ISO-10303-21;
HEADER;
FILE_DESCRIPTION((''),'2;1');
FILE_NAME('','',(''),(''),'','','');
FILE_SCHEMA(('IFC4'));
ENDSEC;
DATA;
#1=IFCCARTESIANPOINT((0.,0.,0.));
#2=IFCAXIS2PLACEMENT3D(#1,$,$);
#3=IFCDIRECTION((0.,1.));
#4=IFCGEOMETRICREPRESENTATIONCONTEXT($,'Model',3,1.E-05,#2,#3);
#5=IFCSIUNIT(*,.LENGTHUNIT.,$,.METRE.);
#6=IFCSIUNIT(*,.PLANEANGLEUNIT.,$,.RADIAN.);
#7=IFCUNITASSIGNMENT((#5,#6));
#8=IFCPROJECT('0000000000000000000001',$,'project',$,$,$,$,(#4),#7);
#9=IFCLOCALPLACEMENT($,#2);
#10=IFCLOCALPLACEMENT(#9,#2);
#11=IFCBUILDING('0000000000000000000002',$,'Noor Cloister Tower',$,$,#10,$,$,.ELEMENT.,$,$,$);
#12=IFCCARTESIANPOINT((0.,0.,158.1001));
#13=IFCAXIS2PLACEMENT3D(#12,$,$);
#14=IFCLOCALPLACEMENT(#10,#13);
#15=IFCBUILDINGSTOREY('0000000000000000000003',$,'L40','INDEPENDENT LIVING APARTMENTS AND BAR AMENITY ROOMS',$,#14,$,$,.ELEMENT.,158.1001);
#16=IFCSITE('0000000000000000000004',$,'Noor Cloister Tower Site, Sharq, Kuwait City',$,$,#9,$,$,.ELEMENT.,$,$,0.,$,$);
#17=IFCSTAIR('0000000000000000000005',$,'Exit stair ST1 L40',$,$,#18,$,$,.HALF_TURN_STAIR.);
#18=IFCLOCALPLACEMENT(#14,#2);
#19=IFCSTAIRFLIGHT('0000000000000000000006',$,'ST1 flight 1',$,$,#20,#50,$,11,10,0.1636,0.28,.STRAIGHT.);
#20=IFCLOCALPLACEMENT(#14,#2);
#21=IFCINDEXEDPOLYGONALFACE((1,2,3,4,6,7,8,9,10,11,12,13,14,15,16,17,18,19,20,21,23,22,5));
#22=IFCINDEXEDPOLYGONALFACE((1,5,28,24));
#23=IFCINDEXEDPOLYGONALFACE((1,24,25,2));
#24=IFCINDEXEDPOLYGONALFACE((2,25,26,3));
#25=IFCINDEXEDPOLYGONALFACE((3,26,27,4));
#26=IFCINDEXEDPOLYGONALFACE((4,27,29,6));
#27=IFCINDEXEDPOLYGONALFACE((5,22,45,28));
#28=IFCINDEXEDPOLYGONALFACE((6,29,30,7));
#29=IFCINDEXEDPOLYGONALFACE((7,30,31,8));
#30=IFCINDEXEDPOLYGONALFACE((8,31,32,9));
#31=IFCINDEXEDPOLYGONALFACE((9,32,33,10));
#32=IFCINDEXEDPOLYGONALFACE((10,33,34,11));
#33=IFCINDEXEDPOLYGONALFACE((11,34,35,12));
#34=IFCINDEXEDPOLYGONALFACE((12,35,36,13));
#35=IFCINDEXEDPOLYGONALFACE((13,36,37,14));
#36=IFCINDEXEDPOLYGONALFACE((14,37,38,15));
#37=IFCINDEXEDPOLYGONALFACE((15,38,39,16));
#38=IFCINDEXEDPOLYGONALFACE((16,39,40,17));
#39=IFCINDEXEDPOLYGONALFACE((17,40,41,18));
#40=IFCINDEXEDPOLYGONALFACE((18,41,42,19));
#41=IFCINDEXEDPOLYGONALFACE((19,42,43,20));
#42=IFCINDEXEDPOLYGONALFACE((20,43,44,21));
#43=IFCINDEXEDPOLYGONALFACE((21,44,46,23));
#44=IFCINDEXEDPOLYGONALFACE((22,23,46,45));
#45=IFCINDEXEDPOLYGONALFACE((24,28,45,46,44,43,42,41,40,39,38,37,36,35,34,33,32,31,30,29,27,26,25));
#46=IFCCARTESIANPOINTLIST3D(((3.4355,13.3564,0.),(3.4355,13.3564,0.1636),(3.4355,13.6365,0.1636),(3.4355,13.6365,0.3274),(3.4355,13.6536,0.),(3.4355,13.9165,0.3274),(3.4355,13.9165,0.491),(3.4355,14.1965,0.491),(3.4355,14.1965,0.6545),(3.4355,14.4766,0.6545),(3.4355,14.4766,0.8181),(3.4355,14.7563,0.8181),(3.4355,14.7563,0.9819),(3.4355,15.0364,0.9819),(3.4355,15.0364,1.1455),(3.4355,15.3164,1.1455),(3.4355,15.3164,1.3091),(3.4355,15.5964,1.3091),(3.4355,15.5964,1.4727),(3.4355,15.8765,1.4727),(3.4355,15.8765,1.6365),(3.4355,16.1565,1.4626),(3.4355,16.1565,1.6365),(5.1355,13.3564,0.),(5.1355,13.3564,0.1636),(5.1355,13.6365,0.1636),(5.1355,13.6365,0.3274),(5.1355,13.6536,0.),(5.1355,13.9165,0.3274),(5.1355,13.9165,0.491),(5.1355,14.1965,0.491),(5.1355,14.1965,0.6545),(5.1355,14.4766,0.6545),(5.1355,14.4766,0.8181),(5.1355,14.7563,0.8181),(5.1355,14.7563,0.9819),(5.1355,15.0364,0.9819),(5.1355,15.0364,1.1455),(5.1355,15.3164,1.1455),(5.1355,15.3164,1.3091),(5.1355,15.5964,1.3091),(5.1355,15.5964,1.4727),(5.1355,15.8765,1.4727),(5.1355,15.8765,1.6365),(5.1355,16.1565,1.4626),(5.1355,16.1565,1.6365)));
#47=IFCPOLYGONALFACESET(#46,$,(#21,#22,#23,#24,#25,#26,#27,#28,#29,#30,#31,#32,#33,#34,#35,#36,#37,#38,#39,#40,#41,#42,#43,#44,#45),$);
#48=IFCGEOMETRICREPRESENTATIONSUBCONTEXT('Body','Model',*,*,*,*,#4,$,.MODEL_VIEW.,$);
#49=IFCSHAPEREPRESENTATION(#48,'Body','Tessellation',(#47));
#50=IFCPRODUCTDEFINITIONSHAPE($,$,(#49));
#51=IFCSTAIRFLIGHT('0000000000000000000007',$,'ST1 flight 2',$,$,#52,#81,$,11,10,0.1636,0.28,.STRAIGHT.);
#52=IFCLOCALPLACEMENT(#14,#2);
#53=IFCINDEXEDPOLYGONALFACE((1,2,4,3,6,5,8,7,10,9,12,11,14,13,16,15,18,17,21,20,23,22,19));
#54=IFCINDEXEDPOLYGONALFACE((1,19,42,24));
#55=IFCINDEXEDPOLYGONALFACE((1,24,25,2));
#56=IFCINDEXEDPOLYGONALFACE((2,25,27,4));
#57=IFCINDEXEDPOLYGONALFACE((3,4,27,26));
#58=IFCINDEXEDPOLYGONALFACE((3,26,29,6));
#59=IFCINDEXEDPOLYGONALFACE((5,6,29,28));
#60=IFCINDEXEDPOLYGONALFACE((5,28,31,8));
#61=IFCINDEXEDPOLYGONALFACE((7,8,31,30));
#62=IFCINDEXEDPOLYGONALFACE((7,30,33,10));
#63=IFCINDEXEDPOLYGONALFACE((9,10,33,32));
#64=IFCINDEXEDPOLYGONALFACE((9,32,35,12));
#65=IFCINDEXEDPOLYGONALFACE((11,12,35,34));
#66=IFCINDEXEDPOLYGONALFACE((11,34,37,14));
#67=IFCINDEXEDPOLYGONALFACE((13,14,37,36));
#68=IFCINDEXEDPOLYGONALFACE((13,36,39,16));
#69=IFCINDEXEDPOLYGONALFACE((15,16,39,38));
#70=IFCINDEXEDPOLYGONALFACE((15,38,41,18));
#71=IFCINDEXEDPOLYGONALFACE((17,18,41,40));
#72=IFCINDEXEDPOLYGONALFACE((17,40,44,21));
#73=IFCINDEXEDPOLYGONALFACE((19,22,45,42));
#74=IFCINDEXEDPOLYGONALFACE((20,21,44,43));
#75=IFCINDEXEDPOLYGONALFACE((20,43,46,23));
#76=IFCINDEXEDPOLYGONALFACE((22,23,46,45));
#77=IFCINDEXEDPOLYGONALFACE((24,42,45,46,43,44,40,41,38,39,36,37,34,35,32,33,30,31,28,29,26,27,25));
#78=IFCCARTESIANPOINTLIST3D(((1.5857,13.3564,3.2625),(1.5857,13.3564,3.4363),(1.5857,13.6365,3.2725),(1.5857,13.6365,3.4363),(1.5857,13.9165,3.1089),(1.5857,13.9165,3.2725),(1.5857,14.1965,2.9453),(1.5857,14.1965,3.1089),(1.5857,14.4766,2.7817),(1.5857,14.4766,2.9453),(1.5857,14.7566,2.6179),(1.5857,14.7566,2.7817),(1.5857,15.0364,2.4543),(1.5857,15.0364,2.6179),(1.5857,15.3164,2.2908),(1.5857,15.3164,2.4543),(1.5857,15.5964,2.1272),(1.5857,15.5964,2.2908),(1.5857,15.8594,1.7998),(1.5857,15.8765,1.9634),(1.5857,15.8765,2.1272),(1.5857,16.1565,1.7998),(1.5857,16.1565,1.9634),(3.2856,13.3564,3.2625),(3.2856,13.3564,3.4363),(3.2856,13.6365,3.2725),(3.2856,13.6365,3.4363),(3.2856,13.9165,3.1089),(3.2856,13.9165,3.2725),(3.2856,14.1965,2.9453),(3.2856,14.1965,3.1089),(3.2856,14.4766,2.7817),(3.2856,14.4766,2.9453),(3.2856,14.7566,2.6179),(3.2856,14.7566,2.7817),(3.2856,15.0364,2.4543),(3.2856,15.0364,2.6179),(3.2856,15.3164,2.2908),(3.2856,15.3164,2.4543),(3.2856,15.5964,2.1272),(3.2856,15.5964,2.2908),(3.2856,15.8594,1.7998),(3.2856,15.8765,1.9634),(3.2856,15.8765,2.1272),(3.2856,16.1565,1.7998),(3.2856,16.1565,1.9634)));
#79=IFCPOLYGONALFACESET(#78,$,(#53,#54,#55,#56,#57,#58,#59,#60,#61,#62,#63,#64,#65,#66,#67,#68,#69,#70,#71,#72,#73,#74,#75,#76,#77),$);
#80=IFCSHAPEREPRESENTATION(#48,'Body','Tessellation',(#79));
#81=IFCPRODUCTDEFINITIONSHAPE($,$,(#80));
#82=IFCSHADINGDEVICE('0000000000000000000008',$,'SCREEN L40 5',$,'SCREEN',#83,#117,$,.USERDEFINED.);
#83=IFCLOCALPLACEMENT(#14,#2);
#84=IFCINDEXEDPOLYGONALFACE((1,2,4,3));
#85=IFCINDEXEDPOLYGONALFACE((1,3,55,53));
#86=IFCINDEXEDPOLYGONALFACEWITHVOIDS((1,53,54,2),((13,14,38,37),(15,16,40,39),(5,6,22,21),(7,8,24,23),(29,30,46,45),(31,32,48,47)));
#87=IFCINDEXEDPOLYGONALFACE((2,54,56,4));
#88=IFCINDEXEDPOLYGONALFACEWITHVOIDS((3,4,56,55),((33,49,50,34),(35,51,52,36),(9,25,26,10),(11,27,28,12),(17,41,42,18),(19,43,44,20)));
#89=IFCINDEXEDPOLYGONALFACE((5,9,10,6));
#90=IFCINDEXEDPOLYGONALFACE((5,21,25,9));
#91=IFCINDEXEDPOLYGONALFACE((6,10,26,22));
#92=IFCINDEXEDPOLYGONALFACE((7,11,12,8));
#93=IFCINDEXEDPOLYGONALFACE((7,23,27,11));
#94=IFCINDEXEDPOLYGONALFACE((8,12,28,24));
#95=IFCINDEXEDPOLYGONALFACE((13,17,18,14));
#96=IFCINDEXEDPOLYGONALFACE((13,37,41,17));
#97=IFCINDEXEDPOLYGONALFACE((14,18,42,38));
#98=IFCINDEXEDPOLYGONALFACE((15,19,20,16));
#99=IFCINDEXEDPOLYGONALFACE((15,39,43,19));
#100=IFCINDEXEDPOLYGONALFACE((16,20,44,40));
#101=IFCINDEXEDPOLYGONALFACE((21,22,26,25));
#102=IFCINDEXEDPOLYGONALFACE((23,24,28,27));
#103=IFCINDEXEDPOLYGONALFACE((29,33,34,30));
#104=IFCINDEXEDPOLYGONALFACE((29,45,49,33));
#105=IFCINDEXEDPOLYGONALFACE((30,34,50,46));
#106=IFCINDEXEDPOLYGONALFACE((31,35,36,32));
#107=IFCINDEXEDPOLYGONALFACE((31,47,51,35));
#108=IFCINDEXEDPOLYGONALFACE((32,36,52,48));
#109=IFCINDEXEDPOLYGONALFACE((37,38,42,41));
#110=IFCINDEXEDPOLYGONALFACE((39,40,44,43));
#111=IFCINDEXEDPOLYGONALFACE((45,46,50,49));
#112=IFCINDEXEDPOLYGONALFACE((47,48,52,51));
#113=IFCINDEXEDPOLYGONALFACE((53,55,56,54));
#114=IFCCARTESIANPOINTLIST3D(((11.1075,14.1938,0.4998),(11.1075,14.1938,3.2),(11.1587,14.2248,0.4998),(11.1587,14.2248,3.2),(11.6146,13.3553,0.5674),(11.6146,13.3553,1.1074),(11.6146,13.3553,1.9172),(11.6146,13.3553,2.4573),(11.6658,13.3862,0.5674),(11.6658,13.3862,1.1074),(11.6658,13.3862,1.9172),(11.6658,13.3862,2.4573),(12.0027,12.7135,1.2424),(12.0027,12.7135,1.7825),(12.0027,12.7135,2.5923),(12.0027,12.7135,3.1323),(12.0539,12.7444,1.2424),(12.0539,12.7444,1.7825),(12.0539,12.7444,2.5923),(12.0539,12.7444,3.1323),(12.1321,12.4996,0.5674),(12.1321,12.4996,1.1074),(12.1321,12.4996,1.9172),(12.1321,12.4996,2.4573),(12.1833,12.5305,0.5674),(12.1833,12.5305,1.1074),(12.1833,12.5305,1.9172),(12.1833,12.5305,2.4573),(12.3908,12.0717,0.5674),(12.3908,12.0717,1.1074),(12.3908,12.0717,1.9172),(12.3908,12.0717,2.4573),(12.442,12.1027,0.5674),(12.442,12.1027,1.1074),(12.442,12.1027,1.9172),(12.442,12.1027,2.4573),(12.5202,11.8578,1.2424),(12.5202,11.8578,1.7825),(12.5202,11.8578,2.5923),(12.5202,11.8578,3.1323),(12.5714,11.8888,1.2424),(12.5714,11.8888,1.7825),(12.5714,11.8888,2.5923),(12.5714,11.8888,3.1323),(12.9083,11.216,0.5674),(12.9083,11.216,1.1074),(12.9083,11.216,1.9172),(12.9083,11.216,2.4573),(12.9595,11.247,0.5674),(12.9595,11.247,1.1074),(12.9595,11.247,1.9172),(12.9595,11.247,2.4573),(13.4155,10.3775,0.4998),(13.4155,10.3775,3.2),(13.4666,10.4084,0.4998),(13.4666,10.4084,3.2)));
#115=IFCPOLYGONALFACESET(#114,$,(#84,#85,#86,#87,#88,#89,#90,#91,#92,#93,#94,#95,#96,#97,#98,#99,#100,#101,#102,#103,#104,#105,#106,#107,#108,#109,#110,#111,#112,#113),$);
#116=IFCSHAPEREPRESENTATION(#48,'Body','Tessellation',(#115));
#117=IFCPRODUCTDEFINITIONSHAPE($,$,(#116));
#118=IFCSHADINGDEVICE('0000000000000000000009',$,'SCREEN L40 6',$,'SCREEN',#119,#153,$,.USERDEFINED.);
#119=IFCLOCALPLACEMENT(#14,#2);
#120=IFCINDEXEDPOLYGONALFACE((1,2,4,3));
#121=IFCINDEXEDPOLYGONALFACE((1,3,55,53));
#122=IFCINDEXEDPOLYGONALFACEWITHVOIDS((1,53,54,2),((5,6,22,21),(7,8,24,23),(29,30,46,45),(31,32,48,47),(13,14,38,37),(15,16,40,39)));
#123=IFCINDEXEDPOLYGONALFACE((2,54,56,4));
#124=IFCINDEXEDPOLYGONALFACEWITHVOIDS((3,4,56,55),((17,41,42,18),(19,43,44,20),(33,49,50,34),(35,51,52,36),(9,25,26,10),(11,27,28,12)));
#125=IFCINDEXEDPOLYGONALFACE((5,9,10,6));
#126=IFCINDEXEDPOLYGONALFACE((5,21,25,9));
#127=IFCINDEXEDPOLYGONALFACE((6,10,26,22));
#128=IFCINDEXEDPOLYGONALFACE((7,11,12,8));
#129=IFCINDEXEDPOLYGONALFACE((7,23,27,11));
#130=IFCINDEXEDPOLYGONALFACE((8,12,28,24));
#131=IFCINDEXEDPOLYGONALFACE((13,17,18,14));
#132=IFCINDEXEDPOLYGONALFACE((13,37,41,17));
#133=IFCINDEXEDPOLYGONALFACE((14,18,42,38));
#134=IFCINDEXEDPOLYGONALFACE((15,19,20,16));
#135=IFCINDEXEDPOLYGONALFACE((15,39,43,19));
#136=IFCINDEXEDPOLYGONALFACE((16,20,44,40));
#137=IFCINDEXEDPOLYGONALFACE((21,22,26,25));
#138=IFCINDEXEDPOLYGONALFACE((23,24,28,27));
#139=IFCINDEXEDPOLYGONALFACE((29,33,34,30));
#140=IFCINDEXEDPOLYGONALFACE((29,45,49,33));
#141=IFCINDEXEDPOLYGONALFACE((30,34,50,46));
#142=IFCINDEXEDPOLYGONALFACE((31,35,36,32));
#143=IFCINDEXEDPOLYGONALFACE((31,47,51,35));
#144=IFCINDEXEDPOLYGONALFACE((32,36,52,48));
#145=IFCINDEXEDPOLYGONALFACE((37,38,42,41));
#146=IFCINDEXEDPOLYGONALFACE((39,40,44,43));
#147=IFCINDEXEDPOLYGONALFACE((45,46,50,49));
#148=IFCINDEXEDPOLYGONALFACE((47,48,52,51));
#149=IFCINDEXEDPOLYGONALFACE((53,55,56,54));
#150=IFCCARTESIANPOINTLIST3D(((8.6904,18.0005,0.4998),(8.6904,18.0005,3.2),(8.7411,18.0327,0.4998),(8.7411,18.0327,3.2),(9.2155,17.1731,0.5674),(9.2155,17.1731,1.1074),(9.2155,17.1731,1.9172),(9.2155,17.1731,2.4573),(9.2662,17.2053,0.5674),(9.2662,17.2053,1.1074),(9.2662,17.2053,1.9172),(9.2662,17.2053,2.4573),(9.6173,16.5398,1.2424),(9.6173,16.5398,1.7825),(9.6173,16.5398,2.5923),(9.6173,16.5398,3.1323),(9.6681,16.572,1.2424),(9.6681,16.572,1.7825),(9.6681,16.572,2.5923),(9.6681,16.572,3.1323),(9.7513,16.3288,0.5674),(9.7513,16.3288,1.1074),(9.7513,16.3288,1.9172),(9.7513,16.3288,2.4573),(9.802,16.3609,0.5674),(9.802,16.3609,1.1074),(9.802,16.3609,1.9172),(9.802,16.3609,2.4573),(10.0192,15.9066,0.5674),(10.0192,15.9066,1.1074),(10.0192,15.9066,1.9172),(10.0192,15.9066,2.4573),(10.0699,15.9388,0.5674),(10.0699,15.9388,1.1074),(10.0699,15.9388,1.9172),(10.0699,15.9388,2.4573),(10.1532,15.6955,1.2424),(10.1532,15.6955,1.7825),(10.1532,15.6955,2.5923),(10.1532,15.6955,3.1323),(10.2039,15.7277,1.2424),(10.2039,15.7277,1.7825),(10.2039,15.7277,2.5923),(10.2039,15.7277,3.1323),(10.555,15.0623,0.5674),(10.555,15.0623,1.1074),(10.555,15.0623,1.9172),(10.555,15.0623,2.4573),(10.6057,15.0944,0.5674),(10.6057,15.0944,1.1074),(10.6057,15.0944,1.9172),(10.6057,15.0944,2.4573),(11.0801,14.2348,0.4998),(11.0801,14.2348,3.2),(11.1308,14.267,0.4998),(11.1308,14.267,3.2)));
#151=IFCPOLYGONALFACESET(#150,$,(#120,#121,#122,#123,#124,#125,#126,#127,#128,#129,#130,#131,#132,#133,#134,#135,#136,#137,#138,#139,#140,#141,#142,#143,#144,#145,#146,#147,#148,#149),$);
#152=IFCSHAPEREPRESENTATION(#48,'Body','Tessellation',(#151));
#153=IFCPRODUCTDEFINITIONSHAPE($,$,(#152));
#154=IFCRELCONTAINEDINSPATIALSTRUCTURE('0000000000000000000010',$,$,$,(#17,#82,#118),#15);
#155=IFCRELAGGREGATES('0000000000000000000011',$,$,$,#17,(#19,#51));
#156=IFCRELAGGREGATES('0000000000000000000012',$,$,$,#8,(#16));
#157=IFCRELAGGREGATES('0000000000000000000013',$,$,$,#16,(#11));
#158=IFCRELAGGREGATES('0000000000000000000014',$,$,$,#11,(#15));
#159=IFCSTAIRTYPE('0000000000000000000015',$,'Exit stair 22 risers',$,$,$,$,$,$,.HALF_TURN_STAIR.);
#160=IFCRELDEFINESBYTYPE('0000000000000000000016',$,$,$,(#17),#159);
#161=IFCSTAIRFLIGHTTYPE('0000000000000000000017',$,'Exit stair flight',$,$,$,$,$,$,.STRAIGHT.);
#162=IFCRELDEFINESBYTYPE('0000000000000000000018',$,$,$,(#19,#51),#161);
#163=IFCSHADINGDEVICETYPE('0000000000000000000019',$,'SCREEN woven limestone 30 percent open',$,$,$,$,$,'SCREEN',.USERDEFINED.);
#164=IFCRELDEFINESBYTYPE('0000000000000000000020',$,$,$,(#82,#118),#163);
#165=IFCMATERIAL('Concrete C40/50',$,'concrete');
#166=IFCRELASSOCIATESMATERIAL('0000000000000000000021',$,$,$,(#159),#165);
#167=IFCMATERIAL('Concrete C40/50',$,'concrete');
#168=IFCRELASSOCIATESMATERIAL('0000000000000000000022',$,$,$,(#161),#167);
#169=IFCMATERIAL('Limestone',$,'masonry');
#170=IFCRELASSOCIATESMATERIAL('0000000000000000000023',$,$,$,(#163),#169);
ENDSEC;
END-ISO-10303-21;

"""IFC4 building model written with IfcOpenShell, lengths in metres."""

from ifc_helpers import new_model, si_unit, direction, frame, origin, place, context, subcontext, project, spatial, polyline, outline, extrude, material, material_profile, profile_set, type_object, element, aggregate, save


model = new_model("IFC4")

# Units and contexts
model_context = context("Model", 3, precision=1e-05, world=origin(), true_north=direction((0.0, 1.0)))
body_context = subcontext(model_context, "Body", "Model", "MODEL_VIEW")
ifc_project = project(units=[si_unit("LENGTHUNIT", "METRE"), si_unit("PLANEANGLEUNIT", "RADIAN")], contexts=[model_context])

# Site, building, storey
site_placement = place(None, origin())
site = spatial("IfcSite", under=ifc_project, at=site_placement, Name="Noor Cloister Tower Site, Sharq, Kuwait City", CompositionType="ELEMENT", RefElevation=0.0)
building_placement = place(site_placement, origin())
building = spatial("IfcBuilding", under=site, at=building_placement, Name="Noor Cloister Tower", CompositionType="ELEMENT")
storey_placement = place(building_placement, frame((0.0, 0.0, 158.1001)))
storey = spatial("IfcBuildingStorey", under=building, at=storey_placement, Name="L40", Description="INDEPENDENT LIVING APARTMENTS AND BAR AMENITY ROOMS", CompositionType="ELEMENT", Elevation=158.1001)

# Stair, stair flights
ifc_material_1 = material(Name="Concrete C40/50", Category="concrete")
stair_type = type_object("IfcStairType", Name="Exit stair 22 risers", PredefinedType="HALF_TURN_STAIR", material=ifc_material_1)
stair_placement = place(storey_placement, origin())
stair = element("IfcStair", 1, at=stair_placement, inside=storey, type_object=stair_type, Name="Exit stair ST1 L40", PredefinedType="HALF_TURN_STAIR")
ifc_material_2 = material(Name="Concrete C40/50", Category="concrete")
stair_flight_type = type_object("IfcStairFlightType", Name="Exit stair flight", PredefinedType="STRAIGHT", material=ifc_material_2)
stair_flight_1_placement = place(storey_placement, frame((4.2856, 13.3564, 0.0), z_axis=(0.0, 0.0, 1.0), x_axis=(0.0, 1.0, 0.0)))
stair_flight_1 = element("IfcStairFlight", 2, at=stair_flight_1_placement, type_object=stair_flight_type, Name="ST1 flight 1", NumberOfRisers=11, NumberOfTreads=10, PredefinedType="STRAIGHT", RiserHeight=0.1636, TreadLength=0.28, context=body_context, shape_type="SweptSolid", body=[
    extrude(outline(polyline([(0.0, 0.0), (0.0, 0.1636), (0.28, 0.1636), (0.28, 0.3274), (0.5601, 0.3274), (0.5601, 0.491), (0.8401, 0.491), (0.8401, 0.6545), (1.1201, 0.6545), (1.1201, 0.8181), (1.3999, 0.8181), (1.3999, 0.9819), (1.6799, 0.9819), (1.6799, 1.1455), (1.96, 1.1455), (1.96, 1.3091), (2.24, 1.3091), (2.24, 1.4727), (2.52, 1.4727), (2.52, 1.6365), (2.8, 1.6365), (2.8, 1.8), (2.8, 1.4626), (0.2971, 0.0), (0.0, 0.0)])), frame((0.0, 0.8501, 0.0), z_axis=(0.0, -1.0, 0.0), x_axis=(1.0, 0.0, 0.0)), (0.0, 0.0, 1.0), 1.7),
])
stair_flight_2_placement = place(storey_placement, frame((2.4355, 16.1565, 1.7998), z_axis=(0.0, 0.0, 1.0), x_axis=(0.0, -1.0, 0.0)))
stair_flight_2 = element("IfcStairFlight", 3, at=stair_flight_2_placement, type_object=stair_flight_type, Name="ST1 flight 2", NumberOfRisers=11, NumberOfTreads=10, PredefinedType="STRAIGHT", RiserHeight=0.1636, TreadLength=0.28, context=body_context, shape_type="SweptSolid", body=[
    extrude(outline(polyline([(0.0, 0.0), (0.0, 0.1636), (0.28, 0.1636), (0.28, 0.3274), (0.5601, 0.3274), (0.5601, 0.491), (0.8401, 0.491), (0.8401, 0.6545), (1.1201, 0.6545), (1.1201, 0.8181), (1.3999, 0.8181), (1.3999, 0.9819), (1.6799, 0.9819), (1.6799, 1.1455), (1.96, 1.1455), (1.96, 1.3091), (2.24, 1.3091), (2.24, 1.4727), (2.52, 1.4727), (2.52, 1.6365), (2.8, 1.6365), (2.8, 1.8), (2.8, 1.4626), (0.2971, 0.0), (0.0, 0.0)])), frame((0.0, 0.8501, 0.0), z_axis=(0.0, -1.0, 0.0), x_axis=(1.0, 0.0, 0.0)), (0.0, 0.0, 1.0), 1.7),
])
aggregate(stair, [stair_flight_1, stair_flight_2])

# Shading devices
ifc_material_3 = material(Name="Limestone", Category="masonry")
ifc_material_profile_1 = material_profile(ifc_material_3, outline(polyline([(-2.23, -1.3501), (2.23, -1.3501), (2.23, 1.3501), (-2.23, 1.3501), (-2.23, -1.3501)]), holes=[polyline([(-1.25, -1.2825), (-0.25, -1.2825), (-0.25, -0.7424), (-1.25, -0.7424), (-1.25, -1.2825)]), polyline([(0.25, -1.2825), (1.25, -1.2825), (1.25, -0.7424), (0.25, -0.7424), (0.25, -1.2825)]), polyline([(-0.5, -0.6074), (0.5, -0.6074), (0.5, -0.0674), (-0.5, -0.0674), (-0.5, -0.6074)]), polyline([(-1.25, 0.0674), (-0.25, 0.0674), (-0.25, 0.6074), (-1.25, 0.6074), (-1.25, 0.0674)]), polyline([(0.25, 0.0674), (1.25, 0.0674), (1.25, 0.6074), (0.25, 0.6074), (0.25, 0.0674)]), polyline([(-0.5, 0.7424), (0.5, 0.7424), (0.5, 1.2825), (-0.5, 1.2825), (-0.5, 0.7424)])]), Name="Woven screen 30 percent open")
ifc_profile_set_1 = profile_set([ifc_material_profile_1], Name="Limestone")
shading_device_type = type_object("IfcShadingDeviceType", Name="SCREEN woven limestone 30 percent open", ElementType="SCREEN", PredefinedType="USERDEFINED", material=ifc_profile_set_1)
shading_device_placement = place(storey_placement, frame((12.2615, 12.2856, 1.8499), z_axis=(0.85569, 0.517489, 0.0), x_axis=(-0.517489, 0.85569, 0.0)))
element("IfcShadingDevice", 4, at=shading_device_placement, inside=storey, type_object=shading_device_type, Name="SCREEN L40 5", ObjectType="SCREEN", PredefinedType="USERDEFINED", context=body_context, shape_type="SweptSolid", body=[
    extrude(outline(polyline([(-2.23, -1.3501), (2.23, -1.3501), (2.23, 1.3501), (-2.23, 1.3501), (-2.23, -1.3501)]), holes=[polyline([(-1.25, -1.2825), (-0.25, -1.2825), (-0.25, -0.7424), (-1.25, -0.7424), (-1.25, -1.2825)]), polyline([(0.25, -1.2825), (1.25, -1.2825), (1.25, -0.7424), (0.25, -0.7424), (0.25, -1.2825)]), polyline([(-0.5, -0.6074), (0.5, -0.6074), (0.5, -0.0674), (-0.5, -0.0674), (-0.5, -0.6074)]), polyline([(-1.25, 0.0674), (-0.25, 0.0674), (-0.25, 0.6074), (-1.25, 0.6074), (-1.25, 0.0674)]), polyline([(0.25, 0.0674), (1.25, 0.0674), (1.25, 0.6074), (0.25, 0.6074), (0.25, 0.0674)]), polyline([(-0.5, 0.7424), (0.5, 0.7424), (0.5, 1.2825), (-0.5, 1.2825), (-0.5, 0.7424)])]), origin(), (0.0, 0.0, 1.0), 0.0598),
])
for number, where, z_axis, x_axis, name in (
    (5, (9.8853, 16.1177, 1.8499), (0.844329, 0.535824, 0.0), (-0.535824, 0.844329, 0.0), "SCREEN L40 6"),
):
    element("IfcShadingDevice", number, at=place(storey_placement, frame(where, z_axis=z_axis, x_axis=x_axis)), inside=storey, type_object=shading_device_type, Name=name, ObjectType="SCREEN", PredefinedType="USERDEFINED", context=body_context, shape_type="SweptSolid", body=[
        extrude(outline(polyline([(-2.23, -1.3501), (2.23, -1.3501), (2.23, 1.3501), (-2.23, 1.3501), (-2.23, -1.3501)]), holes=[polyline([(-1.25, -1.2825), (-0.25, -1.2825), (-0.25, -0.7424), (-1.25, -0.7424), (-1.25, -1.2825)]), polyline([(0.25, -1.2825), (1.25, -1.2825), (1.25, -0.7424), (0.25, -0.7424), (0.25, -1.2825)]), polyline([(-0.5, -0.6074), (0.5, -0.6074), (0.5, -0.0674), (-0.5, -0.0674), (-0.5, -0.6074)]), polyline([(-1.25, 0.0674), (-0.25, 0.0674), (-0.25, 0.6074), (-1.25, 0.6074), (-1.25, 0.0674)]), polyline([(0.25, 0.0674), (1.25, 0.0674), (1.25, 0.6074), (0.25, 0.6074), (0.25, 0.0674)]), polyline([(-0.5, 0.7424), (0.5, 0.7424), (0.5, 1.2825), (-0.5, 1.2825), (-0.5, 0.7424)])]), origin(), (0.0, 0.0, 1.0), 0.0601),
    ])

save(model, "model.ifc")
